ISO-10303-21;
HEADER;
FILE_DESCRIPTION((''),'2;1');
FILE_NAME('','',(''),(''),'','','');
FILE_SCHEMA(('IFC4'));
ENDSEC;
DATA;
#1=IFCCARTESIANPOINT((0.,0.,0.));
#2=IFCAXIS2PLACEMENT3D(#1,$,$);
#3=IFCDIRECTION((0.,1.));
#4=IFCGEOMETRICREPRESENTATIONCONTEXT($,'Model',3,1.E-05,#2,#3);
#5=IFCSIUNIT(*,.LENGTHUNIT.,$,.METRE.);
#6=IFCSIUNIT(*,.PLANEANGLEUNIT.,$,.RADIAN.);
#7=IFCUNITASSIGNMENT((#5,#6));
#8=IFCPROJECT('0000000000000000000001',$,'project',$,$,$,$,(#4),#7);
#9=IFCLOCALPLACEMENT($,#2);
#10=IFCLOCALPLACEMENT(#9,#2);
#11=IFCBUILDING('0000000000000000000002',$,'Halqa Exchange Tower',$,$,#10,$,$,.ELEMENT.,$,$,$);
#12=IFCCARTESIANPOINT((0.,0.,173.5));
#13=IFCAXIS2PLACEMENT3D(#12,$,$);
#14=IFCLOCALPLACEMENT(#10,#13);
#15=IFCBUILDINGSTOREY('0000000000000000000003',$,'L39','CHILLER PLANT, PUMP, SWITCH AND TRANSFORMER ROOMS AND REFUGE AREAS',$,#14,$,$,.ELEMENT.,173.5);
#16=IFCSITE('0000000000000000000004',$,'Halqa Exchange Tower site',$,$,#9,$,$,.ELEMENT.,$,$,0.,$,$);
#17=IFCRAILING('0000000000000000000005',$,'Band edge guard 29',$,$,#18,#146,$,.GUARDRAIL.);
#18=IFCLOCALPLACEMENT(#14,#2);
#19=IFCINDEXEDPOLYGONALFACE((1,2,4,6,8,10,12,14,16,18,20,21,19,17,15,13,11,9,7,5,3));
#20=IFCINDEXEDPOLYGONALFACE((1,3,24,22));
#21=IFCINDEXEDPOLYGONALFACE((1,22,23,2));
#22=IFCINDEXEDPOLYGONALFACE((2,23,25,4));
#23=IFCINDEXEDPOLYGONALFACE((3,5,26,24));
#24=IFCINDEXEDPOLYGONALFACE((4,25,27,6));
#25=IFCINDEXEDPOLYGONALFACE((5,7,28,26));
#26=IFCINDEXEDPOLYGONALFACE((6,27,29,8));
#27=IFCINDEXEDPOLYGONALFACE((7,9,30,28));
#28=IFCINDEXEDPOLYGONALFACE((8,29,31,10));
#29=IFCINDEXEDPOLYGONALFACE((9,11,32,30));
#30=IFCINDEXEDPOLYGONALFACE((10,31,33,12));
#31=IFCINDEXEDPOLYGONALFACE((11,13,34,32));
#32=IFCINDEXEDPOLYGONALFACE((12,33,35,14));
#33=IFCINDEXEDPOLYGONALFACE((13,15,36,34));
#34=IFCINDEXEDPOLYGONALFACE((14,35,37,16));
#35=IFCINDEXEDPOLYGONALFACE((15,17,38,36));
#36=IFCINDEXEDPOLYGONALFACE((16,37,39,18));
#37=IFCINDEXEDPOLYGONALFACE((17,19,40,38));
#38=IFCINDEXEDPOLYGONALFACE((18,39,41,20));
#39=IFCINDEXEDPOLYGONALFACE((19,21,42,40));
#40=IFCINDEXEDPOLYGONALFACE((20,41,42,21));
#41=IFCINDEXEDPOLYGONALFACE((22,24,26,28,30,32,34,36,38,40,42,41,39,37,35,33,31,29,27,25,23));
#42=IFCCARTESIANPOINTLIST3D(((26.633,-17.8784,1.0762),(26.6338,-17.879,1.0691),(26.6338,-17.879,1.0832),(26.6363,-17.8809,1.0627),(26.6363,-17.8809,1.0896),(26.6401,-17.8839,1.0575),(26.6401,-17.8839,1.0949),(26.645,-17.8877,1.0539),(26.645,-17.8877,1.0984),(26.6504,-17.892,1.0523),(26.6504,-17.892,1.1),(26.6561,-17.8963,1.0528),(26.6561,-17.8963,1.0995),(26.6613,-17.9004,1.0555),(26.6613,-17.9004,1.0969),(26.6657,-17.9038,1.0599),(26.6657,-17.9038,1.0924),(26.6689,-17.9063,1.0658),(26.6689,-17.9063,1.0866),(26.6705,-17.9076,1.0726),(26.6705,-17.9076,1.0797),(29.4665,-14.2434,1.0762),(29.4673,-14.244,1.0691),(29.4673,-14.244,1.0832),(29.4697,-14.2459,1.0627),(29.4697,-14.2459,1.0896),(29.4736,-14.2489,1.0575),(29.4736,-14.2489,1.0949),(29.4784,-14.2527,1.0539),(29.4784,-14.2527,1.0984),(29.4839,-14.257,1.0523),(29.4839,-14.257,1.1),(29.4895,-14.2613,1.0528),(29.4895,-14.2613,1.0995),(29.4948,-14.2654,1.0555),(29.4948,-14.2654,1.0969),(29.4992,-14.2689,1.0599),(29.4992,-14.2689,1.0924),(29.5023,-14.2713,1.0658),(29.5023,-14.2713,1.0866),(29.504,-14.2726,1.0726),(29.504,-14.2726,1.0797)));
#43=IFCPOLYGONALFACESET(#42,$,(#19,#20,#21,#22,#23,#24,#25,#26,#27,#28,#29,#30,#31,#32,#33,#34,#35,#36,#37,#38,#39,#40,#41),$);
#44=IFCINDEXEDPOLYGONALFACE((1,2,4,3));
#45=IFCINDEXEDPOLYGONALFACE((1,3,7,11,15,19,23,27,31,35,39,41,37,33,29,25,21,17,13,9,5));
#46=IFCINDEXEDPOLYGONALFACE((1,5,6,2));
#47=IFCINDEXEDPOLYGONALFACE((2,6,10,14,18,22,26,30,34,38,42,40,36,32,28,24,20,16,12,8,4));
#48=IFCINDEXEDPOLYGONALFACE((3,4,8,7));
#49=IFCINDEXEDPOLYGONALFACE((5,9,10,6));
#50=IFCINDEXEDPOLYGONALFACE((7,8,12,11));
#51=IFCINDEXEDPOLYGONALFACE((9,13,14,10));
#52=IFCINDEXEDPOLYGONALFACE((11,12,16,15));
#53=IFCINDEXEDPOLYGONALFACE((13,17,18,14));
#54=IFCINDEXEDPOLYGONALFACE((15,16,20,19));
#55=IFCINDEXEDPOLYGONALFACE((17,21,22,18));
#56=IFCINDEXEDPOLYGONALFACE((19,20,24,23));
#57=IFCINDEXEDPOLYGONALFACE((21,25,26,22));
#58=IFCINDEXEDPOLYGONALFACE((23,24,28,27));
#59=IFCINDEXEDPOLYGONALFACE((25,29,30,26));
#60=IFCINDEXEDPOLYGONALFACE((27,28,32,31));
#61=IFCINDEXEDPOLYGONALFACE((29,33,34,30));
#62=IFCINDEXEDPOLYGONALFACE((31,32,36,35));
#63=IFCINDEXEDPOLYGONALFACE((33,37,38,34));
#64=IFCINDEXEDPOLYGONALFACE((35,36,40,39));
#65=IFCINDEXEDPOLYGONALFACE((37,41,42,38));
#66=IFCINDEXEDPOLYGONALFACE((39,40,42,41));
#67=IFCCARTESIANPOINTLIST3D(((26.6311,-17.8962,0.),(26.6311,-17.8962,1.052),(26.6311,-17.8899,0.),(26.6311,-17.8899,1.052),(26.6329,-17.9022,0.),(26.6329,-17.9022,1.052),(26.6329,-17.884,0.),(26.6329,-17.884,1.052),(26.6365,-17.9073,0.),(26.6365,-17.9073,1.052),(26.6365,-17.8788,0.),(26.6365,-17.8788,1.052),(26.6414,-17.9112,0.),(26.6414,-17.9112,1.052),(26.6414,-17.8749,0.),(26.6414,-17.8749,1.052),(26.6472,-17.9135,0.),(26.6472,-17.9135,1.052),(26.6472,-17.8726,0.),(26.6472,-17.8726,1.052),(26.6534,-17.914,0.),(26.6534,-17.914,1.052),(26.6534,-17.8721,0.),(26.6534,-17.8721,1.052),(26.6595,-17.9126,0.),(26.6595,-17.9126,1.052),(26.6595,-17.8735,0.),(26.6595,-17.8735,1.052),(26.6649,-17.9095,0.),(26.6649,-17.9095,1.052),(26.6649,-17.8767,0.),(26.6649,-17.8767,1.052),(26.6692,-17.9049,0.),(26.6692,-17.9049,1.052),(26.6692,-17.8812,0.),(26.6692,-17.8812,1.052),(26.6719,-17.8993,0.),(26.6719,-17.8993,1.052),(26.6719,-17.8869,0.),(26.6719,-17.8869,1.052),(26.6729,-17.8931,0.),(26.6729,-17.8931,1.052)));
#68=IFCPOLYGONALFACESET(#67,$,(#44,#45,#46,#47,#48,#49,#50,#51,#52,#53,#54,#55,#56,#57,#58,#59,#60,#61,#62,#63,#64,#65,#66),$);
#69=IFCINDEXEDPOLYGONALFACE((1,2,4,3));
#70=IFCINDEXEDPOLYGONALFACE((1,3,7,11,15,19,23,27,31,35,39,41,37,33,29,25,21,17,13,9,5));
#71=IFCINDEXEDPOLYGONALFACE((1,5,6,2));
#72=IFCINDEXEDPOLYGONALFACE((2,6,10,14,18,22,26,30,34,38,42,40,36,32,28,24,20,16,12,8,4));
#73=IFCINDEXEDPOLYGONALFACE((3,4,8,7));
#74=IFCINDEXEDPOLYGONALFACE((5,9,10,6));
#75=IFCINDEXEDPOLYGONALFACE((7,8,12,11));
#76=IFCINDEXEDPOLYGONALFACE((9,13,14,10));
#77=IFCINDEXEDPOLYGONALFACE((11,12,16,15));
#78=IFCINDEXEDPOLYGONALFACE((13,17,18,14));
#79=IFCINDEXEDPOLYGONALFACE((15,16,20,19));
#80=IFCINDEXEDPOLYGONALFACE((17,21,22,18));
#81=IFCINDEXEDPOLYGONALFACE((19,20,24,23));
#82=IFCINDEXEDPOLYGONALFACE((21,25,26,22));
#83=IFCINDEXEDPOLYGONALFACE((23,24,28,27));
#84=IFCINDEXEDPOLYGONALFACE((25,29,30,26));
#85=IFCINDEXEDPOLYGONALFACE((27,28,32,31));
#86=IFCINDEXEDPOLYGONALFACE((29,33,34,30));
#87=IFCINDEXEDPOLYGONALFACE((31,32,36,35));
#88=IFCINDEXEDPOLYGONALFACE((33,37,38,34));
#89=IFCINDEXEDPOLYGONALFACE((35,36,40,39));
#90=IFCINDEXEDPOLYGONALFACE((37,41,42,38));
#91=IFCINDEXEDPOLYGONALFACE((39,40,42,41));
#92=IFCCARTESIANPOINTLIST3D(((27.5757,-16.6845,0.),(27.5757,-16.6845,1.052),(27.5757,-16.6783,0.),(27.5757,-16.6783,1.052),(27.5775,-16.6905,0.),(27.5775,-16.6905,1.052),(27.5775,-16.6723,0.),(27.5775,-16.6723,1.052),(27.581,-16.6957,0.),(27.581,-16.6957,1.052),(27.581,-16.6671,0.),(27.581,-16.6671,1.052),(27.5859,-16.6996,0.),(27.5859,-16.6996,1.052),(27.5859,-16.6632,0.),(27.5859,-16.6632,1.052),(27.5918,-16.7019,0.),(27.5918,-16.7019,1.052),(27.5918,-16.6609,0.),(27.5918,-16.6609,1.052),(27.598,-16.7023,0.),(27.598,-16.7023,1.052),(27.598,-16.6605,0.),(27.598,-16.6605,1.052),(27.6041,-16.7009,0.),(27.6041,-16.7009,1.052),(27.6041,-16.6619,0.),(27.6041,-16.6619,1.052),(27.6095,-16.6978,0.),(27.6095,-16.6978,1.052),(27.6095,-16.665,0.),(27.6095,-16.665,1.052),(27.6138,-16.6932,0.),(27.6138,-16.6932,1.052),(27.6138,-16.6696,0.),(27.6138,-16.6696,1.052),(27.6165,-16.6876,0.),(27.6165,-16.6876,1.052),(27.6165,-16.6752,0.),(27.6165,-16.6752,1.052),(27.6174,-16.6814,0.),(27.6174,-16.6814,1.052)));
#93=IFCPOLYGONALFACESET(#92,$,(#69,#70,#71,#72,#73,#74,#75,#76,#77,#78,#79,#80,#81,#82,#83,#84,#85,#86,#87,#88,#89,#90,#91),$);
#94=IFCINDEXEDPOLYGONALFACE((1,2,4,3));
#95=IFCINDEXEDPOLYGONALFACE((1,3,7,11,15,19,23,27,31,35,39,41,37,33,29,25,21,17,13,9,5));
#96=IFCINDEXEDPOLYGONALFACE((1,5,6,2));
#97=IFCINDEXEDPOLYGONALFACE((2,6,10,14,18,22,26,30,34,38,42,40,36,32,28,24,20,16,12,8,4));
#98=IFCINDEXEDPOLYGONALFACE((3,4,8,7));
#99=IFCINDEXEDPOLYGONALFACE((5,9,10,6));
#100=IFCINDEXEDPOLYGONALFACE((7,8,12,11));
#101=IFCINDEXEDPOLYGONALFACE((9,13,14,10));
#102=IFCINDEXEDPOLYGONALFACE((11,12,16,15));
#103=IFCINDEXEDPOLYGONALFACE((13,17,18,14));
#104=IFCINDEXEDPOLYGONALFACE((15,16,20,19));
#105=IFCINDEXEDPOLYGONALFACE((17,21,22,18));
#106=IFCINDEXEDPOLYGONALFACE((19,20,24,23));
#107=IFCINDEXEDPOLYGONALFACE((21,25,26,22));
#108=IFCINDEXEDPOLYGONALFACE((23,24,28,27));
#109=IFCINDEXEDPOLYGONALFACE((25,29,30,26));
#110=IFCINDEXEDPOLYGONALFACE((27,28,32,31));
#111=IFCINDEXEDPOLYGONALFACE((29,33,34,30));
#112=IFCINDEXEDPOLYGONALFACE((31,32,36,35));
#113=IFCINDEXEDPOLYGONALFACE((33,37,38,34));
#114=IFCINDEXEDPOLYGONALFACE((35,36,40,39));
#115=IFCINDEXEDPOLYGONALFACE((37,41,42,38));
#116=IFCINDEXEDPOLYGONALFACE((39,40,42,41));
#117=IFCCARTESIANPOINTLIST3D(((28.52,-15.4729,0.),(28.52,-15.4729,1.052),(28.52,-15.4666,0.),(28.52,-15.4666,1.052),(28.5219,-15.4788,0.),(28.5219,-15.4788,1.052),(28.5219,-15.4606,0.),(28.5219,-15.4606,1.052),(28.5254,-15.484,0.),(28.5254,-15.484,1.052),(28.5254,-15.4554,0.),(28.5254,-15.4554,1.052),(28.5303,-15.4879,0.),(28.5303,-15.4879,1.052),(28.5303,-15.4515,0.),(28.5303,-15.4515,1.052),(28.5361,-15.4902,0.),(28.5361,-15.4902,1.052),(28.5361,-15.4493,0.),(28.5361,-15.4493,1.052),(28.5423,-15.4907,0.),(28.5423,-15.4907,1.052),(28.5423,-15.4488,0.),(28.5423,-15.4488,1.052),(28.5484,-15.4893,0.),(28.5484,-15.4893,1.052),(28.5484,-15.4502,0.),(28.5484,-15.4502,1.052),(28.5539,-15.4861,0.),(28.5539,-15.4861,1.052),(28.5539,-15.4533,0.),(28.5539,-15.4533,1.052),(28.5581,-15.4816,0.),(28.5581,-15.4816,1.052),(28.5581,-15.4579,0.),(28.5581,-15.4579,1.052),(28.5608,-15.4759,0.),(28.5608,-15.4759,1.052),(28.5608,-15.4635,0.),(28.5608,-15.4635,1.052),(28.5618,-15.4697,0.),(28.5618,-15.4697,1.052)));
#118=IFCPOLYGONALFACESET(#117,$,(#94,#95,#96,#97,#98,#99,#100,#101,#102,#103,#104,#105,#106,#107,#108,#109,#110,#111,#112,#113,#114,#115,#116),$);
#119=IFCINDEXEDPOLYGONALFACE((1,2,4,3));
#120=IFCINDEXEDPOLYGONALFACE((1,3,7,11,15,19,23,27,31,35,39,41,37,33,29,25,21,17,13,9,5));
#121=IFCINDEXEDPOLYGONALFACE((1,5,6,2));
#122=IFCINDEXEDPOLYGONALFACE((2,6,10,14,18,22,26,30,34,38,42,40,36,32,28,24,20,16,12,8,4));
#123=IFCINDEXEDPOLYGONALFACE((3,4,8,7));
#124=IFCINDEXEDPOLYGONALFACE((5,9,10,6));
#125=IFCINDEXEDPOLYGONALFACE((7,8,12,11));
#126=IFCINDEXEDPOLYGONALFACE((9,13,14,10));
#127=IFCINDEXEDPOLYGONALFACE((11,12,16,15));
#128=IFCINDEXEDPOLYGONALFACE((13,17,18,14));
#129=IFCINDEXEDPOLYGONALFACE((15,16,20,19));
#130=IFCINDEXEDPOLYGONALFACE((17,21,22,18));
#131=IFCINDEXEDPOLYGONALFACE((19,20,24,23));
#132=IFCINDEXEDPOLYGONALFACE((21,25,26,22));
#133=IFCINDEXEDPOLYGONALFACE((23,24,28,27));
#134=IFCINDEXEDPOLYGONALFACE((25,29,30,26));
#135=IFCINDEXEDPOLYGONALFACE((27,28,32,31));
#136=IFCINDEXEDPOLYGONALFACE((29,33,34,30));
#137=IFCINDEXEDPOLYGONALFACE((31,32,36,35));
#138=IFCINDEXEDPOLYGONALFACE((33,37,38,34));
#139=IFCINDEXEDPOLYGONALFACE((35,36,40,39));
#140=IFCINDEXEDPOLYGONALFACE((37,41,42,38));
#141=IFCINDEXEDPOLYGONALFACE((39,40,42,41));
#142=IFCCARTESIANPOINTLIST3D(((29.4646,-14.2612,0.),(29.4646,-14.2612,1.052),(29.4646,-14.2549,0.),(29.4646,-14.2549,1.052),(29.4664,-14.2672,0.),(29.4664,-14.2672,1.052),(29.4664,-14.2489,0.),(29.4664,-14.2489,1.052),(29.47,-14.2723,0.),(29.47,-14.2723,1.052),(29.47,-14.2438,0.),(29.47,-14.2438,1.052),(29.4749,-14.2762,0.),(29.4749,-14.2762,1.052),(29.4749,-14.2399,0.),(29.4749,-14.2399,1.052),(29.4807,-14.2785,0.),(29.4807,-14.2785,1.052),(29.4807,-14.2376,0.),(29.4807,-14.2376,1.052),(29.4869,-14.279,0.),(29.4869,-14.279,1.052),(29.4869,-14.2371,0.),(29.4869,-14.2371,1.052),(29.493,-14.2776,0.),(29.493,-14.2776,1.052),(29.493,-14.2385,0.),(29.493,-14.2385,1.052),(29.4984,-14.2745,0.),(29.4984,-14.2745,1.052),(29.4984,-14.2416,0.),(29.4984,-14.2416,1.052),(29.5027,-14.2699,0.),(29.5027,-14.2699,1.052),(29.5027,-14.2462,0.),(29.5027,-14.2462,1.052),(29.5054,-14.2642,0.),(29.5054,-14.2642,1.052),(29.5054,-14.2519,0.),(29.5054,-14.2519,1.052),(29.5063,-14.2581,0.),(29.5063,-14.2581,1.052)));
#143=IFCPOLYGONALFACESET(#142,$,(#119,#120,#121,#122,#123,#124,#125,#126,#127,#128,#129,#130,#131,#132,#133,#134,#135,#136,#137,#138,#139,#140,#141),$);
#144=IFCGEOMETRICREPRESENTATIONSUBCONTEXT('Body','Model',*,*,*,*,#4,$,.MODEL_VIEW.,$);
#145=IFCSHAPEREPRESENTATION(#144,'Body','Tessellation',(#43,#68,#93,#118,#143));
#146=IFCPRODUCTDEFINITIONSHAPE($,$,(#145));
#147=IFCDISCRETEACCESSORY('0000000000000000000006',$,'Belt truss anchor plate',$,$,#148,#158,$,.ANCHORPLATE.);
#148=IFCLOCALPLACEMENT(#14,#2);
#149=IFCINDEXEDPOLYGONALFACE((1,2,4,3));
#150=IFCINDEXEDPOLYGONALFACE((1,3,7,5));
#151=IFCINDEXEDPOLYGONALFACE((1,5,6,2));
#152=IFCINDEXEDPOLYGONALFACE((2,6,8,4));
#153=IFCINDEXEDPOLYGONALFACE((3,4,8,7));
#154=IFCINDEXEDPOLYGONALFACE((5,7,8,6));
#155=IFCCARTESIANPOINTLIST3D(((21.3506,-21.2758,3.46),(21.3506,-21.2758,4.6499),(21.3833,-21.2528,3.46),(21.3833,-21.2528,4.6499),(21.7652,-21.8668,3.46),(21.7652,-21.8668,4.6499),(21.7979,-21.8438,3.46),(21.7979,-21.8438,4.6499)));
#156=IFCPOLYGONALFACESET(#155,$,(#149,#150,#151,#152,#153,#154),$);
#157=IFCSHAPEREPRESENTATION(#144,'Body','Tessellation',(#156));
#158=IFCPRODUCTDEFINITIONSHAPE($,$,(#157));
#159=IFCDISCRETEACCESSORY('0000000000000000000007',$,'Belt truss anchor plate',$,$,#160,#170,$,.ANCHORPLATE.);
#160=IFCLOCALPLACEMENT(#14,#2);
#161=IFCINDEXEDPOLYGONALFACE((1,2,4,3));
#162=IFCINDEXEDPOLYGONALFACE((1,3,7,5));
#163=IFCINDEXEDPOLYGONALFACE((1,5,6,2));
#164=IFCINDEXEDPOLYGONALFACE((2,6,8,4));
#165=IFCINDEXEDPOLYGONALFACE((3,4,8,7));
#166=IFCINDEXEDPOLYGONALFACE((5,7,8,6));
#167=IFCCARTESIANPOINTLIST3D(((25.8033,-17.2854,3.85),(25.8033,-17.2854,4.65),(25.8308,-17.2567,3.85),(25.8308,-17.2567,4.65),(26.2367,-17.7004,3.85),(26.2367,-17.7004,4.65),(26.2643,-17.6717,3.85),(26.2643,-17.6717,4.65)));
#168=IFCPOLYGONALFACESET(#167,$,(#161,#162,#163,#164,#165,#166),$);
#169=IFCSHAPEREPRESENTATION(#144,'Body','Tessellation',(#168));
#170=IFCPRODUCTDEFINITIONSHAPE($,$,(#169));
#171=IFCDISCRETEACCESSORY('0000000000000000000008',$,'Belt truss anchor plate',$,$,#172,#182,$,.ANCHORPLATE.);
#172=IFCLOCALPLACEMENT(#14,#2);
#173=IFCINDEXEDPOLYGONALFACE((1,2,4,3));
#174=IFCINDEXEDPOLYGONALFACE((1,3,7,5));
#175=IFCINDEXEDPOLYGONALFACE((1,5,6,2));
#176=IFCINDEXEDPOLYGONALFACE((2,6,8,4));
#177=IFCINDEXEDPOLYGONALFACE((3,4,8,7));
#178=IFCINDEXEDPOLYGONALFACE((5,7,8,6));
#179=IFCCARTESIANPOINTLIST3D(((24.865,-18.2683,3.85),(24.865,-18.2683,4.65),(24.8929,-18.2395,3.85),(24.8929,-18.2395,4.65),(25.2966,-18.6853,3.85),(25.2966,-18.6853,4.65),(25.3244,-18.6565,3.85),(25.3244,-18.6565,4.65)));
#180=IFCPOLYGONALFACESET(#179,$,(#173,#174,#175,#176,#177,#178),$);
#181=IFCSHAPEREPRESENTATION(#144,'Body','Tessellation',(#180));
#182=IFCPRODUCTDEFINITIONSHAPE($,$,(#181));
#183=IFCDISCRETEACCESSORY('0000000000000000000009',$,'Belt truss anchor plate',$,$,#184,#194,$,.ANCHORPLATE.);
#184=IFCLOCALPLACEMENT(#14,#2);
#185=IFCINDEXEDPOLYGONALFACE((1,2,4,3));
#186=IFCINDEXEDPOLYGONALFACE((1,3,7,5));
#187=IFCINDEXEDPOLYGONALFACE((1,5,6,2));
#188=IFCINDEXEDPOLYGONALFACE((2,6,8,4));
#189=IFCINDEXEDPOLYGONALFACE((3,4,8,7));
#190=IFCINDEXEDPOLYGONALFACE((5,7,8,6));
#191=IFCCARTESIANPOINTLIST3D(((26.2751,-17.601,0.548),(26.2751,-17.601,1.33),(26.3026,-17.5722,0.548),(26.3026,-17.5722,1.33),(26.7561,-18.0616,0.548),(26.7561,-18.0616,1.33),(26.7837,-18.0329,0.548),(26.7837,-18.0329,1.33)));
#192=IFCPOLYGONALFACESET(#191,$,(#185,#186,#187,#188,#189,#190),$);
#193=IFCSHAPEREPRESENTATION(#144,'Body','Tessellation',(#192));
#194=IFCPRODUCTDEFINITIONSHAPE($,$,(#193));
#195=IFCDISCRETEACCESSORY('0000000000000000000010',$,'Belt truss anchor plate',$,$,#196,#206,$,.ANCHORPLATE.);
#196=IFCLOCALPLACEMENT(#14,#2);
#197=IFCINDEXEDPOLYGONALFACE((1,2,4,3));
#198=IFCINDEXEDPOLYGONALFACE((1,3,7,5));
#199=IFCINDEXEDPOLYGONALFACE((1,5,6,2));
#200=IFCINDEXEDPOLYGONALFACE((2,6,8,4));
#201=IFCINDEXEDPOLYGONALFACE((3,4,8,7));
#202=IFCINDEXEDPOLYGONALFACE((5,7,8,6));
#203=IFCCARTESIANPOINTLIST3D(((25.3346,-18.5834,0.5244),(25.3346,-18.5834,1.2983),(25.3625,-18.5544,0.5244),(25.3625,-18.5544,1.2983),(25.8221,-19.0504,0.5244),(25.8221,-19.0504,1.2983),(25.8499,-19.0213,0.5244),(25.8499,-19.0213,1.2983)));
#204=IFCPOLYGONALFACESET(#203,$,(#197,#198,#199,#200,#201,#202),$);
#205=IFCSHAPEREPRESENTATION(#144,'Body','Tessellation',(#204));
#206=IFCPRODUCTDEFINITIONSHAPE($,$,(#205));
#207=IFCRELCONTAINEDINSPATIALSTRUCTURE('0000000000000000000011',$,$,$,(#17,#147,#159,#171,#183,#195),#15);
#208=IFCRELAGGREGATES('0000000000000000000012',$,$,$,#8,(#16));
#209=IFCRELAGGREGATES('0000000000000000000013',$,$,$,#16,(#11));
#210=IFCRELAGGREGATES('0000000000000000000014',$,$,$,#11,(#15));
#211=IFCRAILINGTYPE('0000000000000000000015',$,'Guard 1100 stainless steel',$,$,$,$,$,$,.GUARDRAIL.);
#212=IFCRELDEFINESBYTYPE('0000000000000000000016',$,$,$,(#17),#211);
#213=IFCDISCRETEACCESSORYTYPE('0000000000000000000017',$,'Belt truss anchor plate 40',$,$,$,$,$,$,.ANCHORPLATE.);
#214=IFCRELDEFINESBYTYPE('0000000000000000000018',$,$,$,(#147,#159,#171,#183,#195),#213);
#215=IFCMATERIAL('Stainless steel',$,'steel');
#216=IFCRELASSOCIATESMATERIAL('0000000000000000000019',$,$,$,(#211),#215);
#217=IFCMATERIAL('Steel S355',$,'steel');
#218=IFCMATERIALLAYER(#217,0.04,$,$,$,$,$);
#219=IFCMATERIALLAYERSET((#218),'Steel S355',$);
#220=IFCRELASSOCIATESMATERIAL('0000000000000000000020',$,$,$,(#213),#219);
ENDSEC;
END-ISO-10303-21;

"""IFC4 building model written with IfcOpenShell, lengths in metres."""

from ifc_helpers import new_model, si_unit, direction, frame, origin, origin_2d, place, context, subcontext, project, spatial, rectangle, circle, extrude, material, layer, layer_set, type_object, element, save


model = new_model("IFC4")

# Units and contexts
model_context = context("Model", 3, precision=1e-05, world=origin(), true_north=direction((0.0, 1.0)))
body_context = subcontext(model_context, "Body", "Model", "MODEL_VIEW")
ifc_project = project(units=[si_unit("LENGTHUNIT", "METRE"), si_unit("PLANEANGLEUNIT", "RADIAN")], contexts=[model_context])

# Site, building, storey
site_placement = place(None, origin())
site = spatial("IfcSite", under=ifc_project, at=site_placement, Name="Halqa Exchange Tower site", CompositionType="ELEMENT", RefElevation=0.0)
building_placement = place(site_placement, origin())
building = spatial("IfcBuilding", under=site, at=building_placement, Name="Halqa Exchange Tower", CompositionType="ELEMENT")
storey_placement = place(building_placement, frame((0.0, 0.0, 173.5)))
storey = spatial("IfcBuildingStorey", under=building, at=storey_placement, Name="L39", Description="CHILLER PLANT, PUMP, SWITCH AND TRANSFORMER ROOMS AND REFUGE AREAS", CompositionType="ELEMENT", Elevation=173.5)

# Shared definitions
ifc_material_1 = material(Name="Steel S355", Category="steel")

# Railing
ifc_material_2 = material(Name="Stainless steel", Category="steel")
railing_type = type_object("IfcRailingType", Name="Guard 1100 stainless steel", PredefinedType="GUARDRAIL", material=ifc_material_2)
railing_1_placement = place(storey_placement, frame((26.6519, -17.8931, 0.0)))
element("IfcRailing", 1, at=railing_1_placement, inside=storey, type_object=railing_type, Name="Band edge guard 29", PredefinedType="GUARDRAIL", context=body_context, shape_type="SweptSolid", body=[
    extrude(circle(Radius=0.0239, at=origin_2d()), frame((0.0, 0.0, 1.0762), z_axis=(0.614787, 0.788693, 0.0), x_axis=(-0.788693, 0.614787, 0.0)), (0.0, 0.0, 1.0), 4.6089),
    extrude(circle(Radius=0.021, at=origin_2d()), origin(), (0.0, 0.0, 1.0), 1.052),
    extrude(circle(Radius=0.021, at=origin_2d()), frame((0.9446, 1.2117, 0.0)), (0.0, 0.0, 1.0), 1.052),
    extrude(circle(Radius=0.021, at=origin_2d()), frame((1.8889, 2.4233, 0.0)), (0.0, 0.0, 1.0), 1.052),
    extrude(circle(Radius=0.021, at=origin_2d()), frame((2.8335, 3.635, 0.0)), (0.0, 0.0, 1.0), 1.052),
])

# Discrete accessories
ifc_layer_1 = layer(ifc_material_1, 0.04)
ifc_layer_set_1 = layer_set([ifc_layer_1], Name="Steel S355")
discrete_accessory_type = type_object("IfcDiscreteAccessoryType", Name="Belt truss anchor plate 40", PredefinedType="ANCHORPLATE", material=ifc_layer_set_1)
discrete_accessory_1_placement = place(storey_placement, frame((21.5579, -21.5713, 4.0549), z_axis=(0.818657, 0.574282, 0.0), x_axis=(-0.574282, 0.818657, 0.0)))
element("IfcDiscreteAccessory", 2, at=discrete_accessory_1_placement, inside=storey, type_object=discrete_accessory_type, Name="Belt truss anchor plate", PredefinedType="ANCHORPLATE", context=body_context, shape_type="SweptSolid", body=[
    extrude(rectangle(XDim=0.7219, YDim=1.1899, at=origin_2d()), origin(), (0.0, 0.0, 1.0), 0.04),
])
discrete_accessory_2_placement = place(storey_placement, frame((26.02, -17.4929, 4.25), z_axis=(0.691639, 0.722243, 0.0), x_axis=(-0.722243, 0.691639, 0.0)))
element("IfcDiscreteAccessory", 3, at=discrete_accessory_2_placement, inside=storey, type_object=discrete_accessory_type, Name="Belt truss anchor plate", PredefinedType="ANCHORPLATE", context=body_context, shape_type="SweptSolid", body=[
    extrude(rectangle(XDim=0.6001, YDim=0.8, at=origin_2d()), origin(), (0.0, 0.0, 1.0), 0.0398),
])
discrete_accessory_3_placement = place(storey_placement, frame((25.1086, -18.448, 4.25), z_axis=(-0.694812, -0.719191, 0.0), x_axis=(0.719191, -0.694812, 0.0)))
element("IfcDiscreteAccessory", 4, at=discrete_accessory_3_placement, inside=storey, type_object=discrete_accessory_type, Name="Belt truss anchor plate", PredefinedType="ANCHORPLATE", context=body_context, shape_type="SweptSolid", body=[
    extrude(rectangle(XDim=0.6001, YDim=0.8, at=origin_2d()), origin(), (0.0, 0.0, 1.0), 0.04),
])
discrete_accessory_4_placement = place(storey_placement, frame((26.5156, -17.8313, 0.939), z_axis=(0.691639, 0.722243, 0.0), x_axis=(-0.722243, 0.691639, 0.0)))
element("IfcDiscreteAccessory", 5, at=discrete_accessory_4_placement, inside=storey, type_object=discrete_accessory_type, Name="Belt truss anchor plate", PredefinedType="ANCHORPLATE", context=body_context, shape_type="SweptSolid", body=[
    extrude(rectangle(XDim=0.666, YDim=0.782, at=origin_2d()), origin(), (0.0, 0.0, 1.0), 0.0398),
])
discrete_accessory_5_placement = place(storey_placement, frame((25.6062, -18.7878, 0.9114), z_axis=(-0.691774, -0.722114, 0.0), x_axis=(0.722114, -0.691774, 0.0)))
element("IfcDiscreteAccessory", 6, at=discrete_accessory_5_placement, inside=storey, type_object=discrete_accessory_type, Name="Belt truss anchor plate", PredefinedType="ANCHORPLATE", context=body_context, shape_type="SweptSolid", body=[
    extrude(rectangle(XDim=0.675, YDim=0.7739, at=origin_2d()), origin(), (0.0, 0.0, 1.0), 0.0403),
])

save(model, "model.ifc")
